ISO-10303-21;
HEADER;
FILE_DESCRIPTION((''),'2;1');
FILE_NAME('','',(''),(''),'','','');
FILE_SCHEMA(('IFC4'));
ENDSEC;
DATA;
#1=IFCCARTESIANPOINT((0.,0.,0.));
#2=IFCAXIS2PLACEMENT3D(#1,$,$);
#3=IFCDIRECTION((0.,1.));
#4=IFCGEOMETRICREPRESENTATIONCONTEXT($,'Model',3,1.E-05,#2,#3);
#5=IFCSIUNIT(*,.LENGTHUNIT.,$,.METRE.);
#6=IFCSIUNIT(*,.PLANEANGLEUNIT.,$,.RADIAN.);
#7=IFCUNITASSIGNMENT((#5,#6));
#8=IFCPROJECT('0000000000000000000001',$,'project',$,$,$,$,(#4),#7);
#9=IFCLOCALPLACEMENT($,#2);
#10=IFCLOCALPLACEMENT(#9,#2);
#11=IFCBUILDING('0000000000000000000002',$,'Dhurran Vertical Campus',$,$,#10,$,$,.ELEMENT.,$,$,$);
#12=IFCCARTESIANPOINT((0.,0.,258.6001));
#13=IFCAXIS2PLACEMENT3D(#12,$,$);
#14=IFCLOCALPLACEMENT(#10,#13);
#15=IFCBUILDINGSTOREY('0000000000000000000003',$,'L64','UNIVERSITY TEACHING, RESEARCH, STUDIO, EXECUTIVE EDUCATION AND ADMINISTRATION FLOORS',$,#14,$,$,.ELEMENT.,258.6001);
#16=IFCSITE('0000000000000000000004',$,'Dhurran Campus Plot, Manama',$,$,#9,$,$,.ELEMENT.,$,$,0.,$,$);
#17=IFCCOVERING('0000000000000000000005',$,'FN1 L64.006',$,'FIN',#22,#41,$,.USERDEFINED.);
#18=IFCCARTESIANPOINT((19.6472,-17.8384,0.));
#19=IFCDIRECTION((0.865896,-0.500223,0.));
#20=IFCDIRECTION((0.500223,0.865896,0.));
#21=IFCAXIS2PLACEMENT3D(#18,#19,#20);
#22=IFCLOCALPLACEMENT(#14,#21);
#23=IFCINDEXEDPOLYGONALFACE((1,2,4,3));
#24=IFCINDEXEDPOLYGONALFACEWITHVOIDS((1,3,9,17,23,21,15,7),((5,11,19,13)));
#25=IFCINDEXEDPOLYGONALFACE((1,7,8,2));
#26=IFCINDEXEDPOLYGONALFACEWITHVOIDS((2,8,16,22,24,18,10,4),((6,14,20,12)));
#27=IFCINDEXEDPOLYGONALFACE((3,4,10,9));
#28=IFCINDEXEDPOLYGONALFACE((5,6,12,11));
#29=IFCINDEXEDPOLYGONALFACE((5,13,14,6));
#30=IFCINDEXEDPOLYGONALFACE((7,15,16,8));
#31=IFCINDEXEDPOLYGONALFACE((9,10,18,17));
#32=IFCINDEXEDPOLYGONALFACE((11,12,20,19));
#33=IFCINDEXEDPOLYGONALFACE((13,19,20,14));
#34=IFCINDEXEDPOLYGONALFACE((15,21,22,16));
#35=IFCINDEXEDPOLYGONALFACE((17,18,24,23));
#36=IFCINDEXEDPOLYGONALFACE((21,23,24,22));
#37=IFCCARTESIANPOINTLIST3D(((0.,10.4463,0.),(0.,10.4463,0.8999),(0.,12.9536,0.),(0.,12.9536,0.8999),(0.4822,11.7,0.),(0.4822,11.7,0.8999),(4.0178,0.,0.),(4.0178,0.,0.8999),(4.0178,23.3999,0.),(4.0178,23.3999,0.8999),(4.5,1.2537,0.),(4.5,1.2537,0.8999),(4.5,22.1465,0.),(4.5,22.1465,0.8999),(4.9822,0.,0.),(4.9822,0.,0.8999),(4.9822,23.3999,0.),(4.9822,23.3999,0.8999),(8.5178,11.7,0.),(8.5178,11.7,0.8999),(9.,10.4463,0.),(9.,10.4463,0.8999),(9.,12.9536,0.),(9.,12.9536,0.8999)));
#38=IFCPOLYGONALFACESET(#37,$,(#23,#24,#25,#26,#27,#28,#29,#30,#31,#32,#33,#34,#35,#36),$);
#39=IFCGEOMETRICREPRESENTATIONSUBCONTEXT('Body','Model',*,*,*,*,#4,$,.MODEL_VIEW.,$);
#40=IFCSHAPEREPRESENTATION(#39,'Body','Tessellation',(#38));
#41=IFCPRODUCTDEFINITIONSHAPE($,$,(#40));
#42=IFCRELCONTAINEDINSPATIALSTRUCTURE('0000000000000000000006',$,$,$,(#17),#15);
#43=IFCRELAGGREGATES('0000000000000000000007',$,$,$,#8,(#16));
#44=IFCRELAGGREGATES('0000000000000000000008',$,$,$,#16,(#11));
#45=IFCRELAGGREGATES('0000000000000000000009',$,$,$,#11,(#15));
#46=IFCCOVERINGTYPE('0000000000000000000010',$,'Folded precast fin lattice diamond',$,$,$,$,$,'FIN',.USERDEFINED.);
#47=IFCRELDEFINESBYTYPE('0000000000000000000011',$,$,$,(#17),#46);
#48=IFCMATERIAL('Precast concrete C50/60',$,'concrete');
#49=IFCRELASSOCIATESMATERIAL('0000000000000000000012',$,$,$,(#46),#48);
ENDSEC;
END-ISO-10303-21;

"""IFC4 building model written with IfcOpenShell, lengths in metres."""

from ifc_helpers import new_model, si_unit, direction, frame, origin, place, context, subcontext, project, spatial, polyline, outline, extrude, material, type_object, element, save


model = new_model("IFC4")

# Units and contexts
model_context = context("Model", 3, precision=1e-05, world=origin(), true_north=direction((0.0, 1.0)))
body_context = subcontext(model_context, "Body", "Model", "MODEL_VIEW")
ifc_project = project(units=[si_unit("LENGTHUNIT", "METRE"), si_unit("PLANEANGLEUNIT", "RADIAN")], contexts=[model_context])

# Site, building, storey
site_placement = place(None, origin())
site = spatial("IfcSite", under=ifc_project, at=site_placement, Name="Dhurran Campus Plot, Manama", CompositionType="ELEMENT", RefElevation=0.0)
building_placement = place(site_placement, origin())
building = spatial("IfcBuilding", under=site, at=building_placement, Name="Dhurran Vertical Campus", CompositionType="ELEMENT")
storey_placement = place(building_placement, frame((0.0, 0.0, 258.6001)))
storey = spatial("IfcBuildingStorey", under=building, at=storey_placement, Name="L64", Description="UNIVERSITY TEACHING, RESEARCH, STUDIO, EXECUTIVE EDUCATION AND ADMINISTRATION FLOORS", CompositionType="ELEMENT", Elevation=258.6001)

# Covering
ifc_material_1 = material(Name="Precast concrete C50/60", Category="concrete")
covering_type = type_object("IfcCoveringType", Name="Folded precast fin lattice diamond", ElementType="FIN", PredefinedType="USERDEFINED", material=ifc_material_1)
covering_1_placement = place(storey_placement, frame((19.6472, -17.8384, 0.0), z_axis=(0.865896, -0.500223, 0.0), x_axis=(0.500223, 0.865896, 0.0)))
element("IfcCovering", 1, at=covering_1_placement, inside=storey, type_object=covering_type, Name="FN1 L64.006", ObjectType="FIN", PredefinedType="USERDEFINED", context=body_context, shape_type="SweptSolid", body=[
    extrude(outline(polyline([(9.0, 12.9536), (9.0, 10.4463), (4.9822, 0.0), (4.0178, 0.0), (0.0, 10.4463), (0.0, 12.9536), (4.0178, 23.3999), (4.9822, 23.3999), (9.0, 12.9536)]), holes=[polyline([(8.5178, 11.7), (4.5, 22.1465), (0.4822, 11.7), (4.5, 1.2537), (8.5178, 11.7)])]), origin(), (0.0, 0.0, 1.0), 0.8999),
])

save(model, "model.ifc")
